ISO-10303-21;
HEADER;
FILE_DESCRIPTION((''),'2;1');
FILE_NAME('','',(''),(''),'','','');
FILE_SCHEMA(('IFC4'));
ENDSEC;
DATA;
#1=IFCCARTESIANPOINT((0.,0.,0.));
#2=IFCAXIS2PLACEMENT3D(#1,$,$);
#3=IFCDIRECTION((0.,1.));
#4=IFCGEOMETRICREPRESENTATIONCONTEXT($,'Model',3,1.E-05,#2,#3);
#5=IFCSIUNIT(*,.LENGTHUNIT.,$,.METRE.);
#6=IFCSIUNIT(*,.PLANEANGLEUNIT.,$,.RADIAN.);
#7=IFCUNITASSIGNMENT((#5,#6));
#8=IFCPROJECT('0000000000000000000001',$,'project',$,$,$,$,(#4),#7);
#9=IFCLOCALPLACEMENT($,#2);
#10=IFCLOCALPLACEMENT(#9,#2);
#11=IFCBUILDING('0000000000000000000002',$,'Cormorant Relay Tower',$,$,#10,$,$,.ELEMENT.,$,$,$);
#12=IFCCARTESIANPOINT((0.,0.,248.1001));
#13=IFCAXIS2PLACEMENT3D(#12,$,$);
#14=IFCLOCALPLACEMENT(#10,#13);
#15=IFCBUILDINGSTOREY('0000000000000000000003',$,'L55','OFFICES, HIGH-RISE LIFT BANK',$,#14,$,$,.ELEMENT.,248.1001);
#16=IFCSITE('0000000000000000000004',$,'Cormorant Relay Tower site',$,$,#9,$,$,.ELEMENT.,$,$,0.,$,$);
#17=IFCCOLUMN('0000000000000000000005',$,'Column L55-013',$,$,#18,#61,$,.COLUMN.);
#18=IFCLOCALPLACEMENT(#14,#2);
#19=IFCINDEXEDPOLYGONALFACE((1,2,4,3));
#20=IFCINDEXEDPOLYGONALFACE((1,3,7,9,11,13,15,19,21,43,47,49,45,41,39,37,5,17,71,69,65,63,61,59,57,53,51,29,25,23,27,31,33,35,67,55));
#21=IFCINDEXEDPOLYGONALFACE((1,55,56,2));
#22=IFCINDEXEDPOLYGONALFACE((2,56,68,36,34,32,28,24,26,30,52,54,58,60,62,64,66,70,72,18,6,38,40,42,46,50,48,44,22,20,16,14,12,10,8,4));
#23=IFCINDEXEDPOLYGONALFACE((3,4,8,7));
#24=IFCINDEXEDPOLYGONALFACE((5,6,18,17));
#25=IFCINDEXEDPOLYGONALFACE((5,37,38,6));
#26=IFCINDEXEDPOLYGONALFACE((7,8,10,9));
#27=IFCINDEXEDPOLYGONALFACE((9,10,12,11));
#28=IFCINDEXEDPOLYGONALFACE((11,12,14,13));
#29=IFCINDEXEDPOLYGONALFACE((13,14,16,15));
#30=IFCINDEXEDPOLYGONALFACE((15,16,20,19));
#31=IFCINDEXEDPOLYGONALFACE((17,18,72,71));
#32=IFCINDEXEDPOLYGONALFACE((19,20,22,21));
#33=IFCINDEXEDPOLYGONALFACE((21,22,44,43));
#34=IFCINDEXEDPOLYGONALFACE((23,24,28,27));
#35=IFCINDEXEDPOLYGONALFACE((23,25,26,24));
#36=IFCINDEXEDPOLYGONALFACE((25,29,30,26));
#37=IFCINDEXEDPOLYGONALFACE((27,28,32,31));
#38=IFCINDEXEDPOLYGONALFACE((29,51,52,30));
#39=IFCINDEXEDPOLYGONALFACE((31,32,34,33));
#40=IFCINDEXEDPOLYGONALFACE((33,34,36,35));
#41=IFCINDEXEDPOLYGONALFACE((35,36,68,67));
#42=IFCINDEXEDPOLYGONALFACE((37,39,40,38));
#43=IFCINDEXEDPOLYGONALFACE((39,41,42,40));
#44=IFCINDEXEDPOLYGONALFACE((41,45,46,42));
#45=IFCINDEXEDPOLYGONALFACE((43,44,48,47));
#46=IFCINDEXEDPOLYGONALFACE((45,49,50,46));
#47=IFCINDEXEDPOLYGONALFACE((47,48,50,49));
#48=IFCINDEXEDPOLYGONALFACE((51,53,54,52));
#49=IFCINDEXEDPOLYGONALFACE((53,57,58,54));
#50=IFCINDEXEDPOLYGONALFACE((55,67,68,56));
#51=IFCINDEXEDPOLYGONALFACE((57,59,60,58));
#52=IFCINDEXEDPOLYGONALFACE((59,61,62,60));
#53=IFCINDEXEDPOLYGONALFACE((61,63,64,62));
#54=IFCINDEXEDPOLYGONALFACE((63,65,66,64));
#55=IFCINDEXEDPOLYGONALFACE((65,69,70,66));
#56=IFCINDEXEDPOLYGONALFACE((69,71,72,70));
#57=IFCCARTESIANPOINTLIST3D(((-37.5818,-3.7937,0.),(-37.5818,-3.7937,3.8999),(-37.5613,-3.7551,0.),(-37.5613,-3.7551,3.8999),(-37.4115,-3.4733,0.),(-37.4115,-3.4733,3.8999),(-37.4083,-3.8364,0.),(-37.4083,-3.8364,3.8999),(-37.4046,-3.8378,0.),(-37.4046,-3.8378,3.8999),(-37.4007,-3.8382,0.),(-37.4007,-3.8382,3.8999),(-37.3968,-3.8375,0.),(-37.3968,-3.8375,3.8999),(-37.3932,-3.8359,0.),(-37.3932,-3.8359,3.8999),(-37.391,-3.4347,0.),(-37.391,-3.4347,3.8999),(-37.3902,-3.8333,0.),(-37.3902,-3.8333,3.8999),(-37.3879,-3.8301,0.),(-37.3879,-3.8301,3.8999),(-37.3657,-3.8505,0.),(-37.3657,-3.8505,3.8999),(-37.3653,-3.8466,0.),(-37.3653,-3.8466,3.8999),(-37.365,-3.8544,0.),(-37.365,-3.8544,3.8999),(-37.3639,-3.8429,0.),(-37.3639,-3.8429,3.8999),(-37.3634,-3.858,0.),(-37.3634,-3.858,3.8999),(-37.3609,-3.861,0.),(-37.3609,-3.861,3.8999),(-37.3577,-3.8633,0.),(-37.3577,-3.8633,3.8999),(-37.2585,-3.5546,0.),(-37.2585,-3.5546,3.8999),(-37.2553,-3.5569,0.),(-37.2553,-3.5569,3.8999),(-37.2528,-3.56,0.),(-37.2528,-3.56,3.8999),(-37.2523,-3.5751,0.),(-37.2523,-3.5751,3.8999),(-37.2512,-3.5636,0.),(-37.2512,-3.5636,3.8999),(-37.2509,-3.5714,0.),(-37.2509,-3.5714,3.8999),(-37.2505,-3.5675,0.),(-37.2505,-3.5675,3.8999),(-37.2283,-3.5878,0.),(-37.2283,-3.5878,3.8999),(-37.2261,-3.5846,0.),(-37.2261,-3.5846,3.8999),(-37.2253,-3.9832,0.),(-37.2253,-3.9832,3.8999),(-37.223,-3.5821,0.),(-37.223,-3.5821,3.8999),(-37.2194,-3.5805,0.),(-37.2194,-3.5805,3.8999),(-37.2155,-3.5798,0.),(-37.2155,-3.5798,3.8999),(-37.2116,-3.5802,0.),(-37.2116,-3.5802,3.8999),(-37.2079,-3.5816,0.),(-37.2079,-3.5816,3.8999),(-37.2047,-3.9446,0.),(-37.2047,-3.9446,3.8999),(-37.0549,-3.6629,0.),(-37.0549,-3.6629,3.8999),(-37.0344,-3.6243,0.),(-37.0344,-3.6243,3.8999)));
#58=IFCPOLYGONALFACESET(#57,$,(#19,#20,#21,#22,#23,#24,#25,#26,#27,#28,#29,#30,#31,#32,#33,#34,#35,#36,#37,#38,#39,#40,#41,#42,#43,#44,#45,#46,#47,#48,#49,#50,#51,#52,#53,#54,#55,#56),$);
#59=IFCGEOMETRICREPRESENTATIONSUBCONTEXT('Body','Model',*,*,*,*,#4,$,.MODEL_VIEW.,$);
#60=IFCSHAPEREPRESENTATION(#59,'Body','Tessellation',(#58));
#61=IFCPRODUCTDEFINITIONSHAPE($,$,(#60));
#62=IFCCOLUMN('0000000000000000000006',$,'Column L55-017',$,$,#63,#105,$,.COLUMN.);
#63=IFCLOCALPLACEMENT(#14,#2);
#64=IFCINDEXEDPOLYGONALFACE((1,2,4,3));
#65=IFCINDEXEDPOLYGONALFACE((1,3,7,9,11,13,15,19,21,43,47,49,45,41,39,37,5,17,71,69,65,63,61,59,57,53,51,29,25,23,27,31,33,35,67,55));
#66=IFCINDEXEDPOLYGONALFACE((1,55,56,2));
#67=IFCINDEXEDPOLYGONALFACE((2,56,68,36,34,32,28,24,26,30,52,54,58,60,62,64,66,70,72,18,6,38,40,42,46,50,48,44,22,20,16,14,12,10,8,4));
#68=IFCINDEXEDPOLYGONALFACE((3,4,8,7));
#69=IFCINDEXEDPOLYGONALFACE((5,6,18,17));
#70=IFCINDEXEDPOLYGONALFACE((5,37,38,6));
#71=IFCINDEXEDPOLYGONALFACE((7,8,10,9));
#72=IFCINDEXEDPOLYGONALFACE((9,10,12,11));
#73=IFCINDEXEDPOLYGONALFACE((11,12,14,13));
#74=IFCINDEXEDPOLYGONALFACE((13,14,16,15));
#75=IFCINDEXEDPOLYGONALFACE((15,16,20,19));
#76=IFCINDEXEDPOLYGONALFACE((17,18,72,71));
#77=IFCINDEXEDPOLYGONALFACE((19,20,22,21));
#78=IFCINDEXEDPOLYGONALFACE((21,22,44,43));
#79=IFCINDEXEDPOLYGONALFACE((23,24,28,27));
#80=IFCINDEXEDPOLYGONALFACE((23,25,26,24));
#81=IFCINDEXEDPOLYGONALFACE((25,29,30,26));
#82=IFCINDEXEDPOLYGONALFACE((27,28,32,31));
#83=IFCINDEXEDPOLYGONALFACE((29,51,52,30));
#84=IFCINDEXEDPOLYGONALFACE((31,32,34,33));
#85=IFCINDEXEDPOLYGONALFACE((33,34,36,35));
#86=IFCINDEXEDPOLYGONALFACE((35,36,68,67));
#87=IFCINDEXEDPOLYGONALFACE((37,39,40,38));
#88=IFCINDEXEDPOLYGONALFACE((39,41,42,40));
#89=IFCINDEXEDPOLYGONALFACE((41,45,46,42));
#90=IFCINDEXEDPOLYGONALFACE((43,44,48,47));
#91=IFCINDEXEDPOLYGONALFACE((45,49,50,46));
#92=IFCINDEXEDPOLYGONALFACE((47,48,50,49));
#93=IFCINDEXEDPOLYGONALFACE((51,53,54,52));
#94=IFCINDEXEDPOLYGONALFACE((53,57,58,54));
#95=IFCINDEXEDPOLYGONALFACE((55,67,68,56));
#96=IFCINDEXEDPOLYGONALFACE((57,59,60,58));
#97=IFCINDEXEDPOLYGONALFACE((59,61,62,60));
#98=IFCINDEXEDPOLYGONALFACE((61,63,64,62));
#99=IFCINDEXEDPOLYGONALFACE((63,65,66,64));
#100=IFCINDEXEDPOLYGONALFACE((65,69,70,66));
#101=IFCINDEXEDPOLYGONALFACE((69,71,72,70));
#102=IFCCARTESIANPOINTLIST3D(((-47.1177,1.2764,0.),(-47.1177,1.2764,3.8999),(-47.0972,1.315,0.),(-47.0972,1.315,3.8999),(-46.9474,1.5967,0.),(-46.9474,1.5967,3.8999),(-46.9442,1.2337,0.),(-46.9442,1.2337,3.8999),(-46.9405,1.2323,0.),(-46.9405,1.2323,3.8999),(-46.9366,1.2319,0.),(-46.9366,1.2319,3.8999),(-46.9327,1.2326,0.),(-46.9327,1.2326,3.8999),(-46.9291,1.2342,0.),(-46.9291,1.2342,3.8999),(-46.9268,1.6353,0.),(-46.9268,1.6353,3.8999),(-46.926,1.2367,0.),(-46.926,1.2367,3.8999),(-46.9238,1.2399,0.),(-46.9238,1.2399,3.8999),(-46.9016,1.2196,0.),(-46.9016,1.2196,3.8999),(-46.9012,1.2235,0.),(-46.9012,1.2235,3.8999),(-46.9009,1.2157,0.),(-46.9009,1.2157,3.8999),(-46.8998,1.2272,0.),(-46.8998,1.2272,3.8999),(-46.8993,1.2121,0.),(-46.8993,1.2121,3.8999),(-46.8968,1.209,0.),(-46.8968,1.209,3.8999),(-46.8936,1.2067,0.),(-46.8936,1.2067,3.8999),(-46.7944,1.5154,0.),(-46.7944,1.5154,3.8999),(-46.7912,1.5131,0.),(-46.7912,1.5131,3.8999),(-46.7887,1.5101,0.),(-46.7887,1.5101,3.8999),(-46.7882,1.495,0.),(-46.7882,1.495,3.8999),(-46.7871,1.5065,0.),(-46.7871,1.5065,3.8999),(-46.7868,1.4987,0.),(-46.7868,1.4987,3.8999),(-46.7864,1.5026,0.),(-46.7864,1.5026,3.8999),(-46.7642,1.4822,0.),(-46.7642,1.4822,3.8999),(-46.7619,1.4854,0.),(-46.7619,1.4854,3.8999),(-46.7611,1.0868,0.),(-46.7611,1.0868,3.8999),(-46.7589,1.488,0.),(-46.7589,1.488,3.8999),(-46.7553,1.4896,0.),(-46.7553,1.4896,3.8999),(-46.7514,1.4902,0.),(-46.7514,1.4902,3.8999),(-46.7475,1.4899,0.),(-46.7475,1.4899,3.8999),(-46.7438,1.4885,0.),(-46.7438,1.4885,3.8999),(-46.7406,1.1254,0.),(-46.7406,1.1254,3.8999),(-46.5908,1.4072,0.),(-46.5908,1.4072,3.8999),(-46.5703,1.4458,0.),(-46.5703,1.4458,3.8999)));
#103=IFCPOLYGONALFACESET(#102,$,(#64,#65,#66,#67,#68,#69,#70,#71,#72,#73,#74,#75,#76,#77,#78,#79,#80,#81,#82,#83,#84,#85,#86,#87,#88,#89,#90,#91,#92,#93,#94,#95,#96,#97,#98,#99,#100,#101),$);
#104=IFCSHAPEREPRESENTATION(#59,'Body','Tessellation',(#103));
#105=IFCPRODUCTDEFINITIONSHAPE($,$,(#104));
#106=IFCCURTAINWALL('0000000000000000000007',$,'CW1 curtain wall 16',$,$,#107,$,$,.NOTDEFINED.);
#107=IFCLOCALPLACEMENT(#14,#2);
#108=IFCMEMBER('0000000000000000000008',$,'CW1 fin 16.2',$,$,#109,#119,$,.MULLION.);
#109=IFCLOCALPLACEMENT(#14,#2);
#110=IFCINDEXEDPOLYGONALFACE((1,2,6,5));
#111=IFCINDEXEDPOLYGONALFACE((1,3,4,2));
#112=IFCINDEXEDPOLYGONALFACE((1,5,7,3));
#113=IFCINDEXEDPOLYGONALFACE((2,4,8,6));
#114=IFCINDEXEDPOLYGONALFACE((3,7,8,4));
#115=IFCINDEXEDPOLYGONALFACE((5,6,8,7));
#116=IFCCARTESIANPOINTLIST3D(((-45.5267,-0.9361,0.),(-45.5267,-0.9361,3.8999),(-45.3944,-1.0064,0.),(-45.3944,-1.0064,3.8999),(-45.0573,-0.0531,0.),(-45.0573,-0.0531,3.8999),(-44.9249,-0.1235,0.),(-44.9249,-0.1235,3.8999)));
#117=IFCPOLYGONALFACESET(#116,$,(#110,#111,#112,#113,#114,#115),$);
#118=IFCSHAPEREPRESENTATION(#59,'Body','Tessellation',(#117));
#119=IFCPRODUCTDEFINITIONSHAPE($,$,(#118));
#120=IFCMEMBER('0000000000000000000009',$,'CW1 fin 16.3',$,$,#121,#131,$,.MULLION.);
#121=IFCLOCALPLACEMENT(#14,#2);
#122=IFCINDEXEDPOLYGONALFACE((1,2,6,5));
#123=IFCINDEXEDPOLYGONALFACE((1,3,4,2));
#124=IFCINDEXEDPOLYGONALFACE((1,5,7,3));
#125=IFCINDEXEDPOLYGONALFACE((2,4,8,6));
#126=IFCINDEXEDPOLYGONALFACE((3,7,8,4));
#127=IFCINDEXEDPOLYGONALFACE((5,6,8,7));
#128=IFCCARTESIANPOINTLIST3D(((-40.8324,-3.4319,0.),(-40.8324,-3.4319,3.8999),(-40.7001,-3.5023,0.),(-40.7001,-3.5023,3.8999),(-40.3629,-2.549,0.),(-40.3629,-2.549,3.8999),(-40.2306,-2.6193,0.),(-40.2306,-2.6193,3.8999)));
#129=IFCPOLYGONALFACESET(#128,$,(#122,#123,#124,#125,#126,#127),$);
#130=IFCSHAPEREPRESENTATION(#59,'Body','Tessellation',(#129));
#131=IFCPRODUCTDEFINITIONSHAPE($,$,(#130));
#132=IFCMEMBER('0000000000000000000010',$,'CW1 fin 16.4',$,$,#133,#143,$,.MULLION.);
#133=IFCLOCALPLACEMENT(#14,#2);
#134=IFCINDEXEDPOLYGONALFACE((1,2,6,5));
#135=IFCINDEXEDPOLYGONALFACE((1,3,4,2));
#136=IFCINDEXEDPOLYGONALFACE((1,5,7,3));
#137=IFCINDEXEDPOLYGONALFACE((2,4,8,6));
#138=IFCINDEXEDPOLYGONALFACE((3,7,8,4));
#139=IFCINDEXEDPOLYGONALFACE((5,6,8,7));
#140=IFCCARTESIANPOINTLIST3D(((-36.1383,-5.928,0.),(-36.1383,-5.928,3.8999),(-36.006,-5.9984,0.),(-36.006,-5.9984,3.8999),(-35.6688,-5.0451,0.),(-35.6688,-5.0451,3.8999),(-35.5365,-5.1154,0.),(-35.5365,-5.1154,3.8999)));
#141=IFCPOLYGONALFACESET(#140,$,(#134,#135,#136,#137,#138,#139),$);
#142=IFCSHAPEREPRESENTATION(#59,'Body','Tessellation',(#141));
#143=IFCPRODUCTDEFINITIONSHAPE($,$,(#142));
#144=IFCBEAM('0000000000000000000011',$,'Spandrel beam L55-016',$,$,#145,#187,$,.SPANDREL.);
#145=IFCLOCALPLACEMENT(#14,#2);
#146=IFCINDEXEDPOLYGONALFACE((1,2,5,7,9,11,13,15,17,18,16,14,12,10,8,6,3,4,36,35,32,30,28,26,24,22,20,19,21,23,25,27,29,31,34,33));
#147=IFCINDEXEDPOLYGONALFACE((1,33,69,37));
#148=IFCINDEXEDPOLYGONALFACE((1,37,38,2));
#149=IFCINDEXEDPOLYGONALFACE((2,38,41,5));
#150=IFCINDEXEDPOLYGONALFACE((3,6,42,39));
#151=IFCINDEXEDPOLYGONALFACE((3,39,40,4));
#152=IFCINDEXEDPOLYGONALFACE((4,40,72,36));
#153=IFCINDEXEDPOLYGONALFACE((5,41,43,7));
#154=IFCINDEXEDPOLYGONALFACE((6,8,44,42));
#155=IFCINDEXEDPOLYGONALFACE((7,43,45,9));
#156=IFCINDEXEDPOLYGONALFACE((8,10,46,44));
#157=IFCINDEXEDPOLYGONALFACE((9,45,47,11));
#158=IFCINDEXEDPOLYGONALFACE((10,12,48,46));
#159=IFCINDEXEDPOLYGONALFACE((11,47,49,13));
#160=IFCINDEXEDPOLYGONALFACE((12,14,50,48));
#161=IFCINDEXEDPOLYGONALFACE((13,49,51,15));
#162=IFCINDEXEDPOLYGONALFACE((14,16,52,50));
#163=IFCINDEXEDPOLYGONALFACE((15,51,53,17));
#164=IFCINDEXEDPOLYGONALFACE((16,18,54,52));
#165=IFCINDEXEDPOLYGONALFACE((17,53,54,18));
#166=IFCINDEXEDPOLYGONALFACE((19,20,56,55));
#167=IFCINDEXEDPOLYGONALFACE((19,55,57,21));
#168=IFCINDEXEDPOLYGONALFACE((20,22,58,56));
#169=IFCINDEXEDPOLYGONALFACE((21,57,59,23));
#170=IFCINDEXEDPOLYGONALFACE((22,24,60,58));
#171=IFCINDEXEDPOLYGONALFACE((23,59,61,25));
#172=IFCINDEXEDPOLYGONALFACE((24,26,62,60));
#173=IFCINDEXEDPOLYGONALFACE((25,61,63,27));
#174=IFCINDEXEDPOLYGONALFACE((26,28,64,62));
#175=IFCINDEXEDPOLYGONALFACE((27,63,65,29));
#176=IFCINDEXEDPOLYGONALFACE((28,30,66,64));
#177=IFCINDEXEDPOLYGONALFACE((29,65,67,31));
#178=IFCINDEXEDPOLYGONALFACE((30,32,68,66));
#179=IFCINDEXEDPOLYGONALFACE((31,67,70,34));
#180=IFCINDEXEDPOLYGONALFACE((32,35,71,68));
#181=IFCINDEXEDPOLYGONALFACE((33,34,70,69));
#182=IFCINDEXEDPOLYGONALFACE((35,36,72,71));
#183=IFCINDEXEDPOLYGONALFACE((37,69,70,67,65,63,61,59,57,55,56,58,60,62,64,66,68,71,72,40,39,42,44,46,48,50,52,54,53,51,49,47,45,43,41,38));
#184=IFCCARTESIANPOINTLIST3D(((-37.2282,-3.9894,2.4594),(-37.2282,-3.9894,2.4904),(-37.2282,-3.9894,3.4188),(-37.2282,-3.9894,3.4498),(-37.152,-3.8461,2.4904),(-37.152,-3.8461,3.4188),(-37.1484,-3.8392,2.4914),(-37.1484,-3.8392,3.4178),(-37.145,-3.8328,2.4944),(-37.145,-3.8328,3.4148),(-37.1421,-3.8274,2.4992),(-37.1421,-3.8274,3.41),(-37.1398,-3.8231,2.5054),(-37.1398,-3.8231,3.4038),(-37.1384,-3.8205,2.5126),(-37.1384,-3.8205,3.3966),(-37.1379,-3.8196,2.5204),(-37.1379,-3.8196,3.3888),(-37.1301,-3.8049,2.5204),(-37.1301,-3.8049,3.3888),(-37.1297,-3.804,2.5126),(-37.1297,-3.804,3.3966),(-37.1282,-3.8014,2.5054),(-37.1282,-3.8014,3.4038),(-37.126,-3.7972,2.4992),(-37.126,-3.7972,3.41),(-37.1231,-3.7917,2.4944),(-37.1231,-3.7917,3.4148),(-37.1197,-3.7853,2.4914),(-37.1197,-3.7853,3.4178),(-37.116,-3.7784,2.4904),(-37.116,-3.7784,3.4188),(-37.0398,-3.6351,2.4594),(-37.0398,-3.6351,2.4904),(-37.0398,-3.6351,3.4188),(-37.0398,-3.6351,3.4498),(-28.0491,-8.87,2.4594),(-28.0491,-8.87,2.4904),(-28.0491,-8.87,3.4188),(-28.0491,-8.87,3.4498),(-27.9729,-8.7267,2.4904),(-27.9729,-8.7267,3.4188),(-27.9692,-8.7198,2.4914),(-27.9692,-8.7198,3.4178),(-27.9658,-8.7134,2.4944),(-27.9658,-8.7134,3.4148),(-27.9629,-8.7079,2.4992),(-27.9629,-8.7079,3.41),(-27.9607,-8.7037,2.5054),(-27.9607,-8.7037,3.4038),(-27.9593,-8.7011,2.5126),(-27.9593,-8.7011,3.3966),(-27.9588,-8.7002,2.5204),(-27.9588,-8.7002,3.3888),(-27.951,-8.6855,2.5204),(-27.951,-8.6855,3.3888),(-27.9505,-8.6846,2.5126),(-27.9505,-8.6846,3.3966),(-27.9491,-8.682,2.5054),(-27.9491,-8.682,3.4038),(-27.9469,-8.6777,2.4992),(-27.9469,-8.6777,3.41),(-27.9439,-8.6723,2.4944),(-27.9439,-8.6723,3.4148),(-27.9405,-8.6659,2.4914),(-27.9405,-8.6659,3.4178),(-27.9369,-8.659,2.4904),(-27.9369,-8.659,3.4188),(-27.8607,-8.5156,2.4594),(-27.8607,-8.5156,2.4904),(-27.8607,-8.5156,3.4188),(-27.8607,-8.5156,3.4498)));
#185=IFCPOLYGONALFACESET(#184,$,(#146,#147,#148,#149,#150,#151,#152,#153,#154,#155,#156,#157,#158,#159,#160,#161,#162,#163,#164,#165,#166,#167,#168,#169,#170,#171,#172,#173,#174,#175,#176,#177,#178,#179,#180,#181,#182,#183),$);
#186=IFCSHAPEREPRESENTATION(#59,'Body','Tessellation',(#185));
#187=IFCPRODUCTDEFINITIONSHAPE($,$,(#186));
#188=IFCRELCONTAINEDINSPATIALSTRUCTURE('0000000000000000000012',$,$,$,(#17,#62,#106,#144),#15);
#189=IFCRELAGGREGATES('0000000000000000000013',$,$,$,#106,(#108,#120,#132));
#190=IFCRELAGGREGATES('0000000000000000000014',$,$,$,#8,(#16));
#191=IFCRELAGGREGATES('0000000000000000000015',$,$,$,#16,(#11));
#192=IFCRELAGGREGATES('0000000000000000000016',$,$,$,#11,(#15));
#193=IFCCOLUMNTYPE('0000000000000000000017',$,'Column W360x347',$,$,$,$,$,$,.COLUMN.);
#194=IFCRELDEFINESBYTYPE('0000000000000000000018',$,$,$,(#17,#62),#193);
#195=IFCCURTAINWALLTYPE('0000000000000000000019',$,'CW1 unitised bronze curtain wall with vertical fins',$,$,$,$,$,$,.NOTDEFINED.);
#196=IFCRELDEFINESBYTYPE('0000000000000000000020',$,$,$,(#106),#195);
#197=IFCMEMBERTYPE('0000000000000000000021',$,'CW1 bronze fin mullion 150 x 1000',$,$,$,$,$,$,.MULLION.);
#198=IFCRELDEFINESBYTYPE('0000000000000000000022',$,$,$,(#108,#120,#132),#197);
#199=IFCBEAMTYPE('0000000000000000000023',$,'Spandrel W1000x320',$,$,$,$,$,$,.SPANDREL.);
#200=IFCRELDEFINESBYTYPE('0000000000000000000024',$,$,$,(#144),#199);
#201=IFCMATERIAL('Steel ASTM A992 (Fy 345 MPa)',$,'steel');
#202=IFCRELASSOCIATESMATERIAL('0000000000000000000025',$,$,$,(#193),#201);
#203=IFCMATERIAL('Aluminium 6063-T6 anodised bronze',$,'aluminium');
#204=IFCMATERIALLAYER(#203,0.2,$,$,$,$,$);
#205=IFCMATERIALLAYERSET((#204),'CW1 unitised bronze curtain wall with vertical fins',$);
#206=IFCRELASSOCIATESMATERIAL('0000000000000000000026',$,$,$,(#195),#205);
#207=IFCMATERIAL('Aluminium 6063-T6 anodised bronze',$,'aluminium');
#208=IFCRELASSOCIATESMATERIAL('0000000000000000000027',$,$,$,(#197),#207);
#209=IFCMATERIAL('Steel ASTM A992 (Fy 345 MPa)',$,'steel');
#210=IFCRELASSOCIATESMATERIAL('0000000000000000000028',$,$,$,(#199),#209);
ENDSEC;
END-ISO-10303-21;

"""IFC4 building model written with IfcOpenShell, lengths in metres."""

from ifc_helpers import new_model, si_unit, direction, frame, origin, origin_2d, place, context, subcontext, project, spatial, rectangle, i_section, extrude, material, layer, layer_set, material_profile, profile_set, type_object, element, aggregate, save


model = new_model("IFC4")

# Units and contexts
model_context = context("Model", 3, precision=1e-05, world=origin(), true_north=direction((0.0, 1.0)))
body_context = subcontext(model_context, "Body", "Model", "MODEL_VIEW")
ifc_project = project(units=[si_unit("LENGTHUNIT", "METRE"), si_unit("PLANEANGLEUNIT", "RADIAN")], contexts=[model_context])

# Site, building, storey
site_placement = place(None, origin())
site = spatial("IfcSite", under=ifc_project, at=site_placement, Name="Cormorant Relay Tower site", CompositionType="ELEMENT", RefElevation=0.0)
building_placement = place(site_placement, origin())
building = spatial("IfcBuilding", under=site, at=building_placement, Name="Cormorant Relay Tower", CompositionType="ELEMENT")
storey_placement = place(building_placement, frame((0.0, 0.0, 248.1001)))
storey = spatial("IfcBuildingStorey", under=building, at=storey_placement, Name="L55", Description="OFFICES, HIGH-RISE LIFT BANK", CompositionType="ELEMENT", Elevation=248.1001)

# Columns
ifc_material_1 = material(Name="Steel ASTM A992 (Fy 345 MPa)", Category="steel")
ifc_material_profile_1 = material_profile(ifc_material_1, i_section(OverallWidth=0.4038, OverallDepth=0.4065, WebThickness=0.0271, FlangeThickness=0.0437, FilletRadius=0.0151, at=origin_2d()), Name="W360x347")
ifc_profile_set_1 = profile_set([ifc_material_profile_1], Name="Steel ASTM A992 (Fy 345 MPa)")
column_type = type_object("IfcColumnType", Name="Column W360x347", PredefinedType="COLUMN", material=ifc_profile_set_1)
for number, where, z_axis, x_axis, name in (
    (1, (-37.3081, -3.709, 0.0), (0.0, 0.0, 1.0), (0.882948, -0.469472, 0.0), "Column L55-013"),
    (2, (-46.844, 1.3611, 0.0), (0.0, 0.0, 1.0), (0.882948, -0.469472, 0.0), "Column L55-017"),
):
    element("IfcColumn", number, at=place(storey_placement, frame(where, z_axis=z_axis, x_axis=x_axis)), inside=storey, type_object=column_type, Name=name, PredefinedType="COLUMN", context=body_context, shape_type="SweptSolid", body=[
        extrude(i_section(OverallWidth=0.4038, OverallDepth=0.4065, WebThickness=0.0271, FlangeThickness=0.0437, FilletRadius=0.0151, at=origin_2d()), origin(), (0.0, 0.0, 1.0), 3.8999),
    ])

# Curtain wall, members
ifc_material_2 = material(Name="Aluminium 6063-T6 anodised bronze", Category="aluminium")
ifc_layer_1 = layer(ifc_material_2, 0.2)
ifc_layer_set_1 = layer_set([ifc_layer_1], Name="CW1 unitised bronze curtain wall with vertical fins")
curtain_wall_type = type_object("IfcCurtainWallType", Name="CW1 unitised bronze curtain wall with vertical fins", PredefinedType="NOTDEFINED", material=ifc_layer_set_1)
curtain_wall_placement = place(storey_placement, origin())
curtain_wall = element("IfcCurtainWall", 3, at=curtain_wall_placement, inside=storey, type_object=curtain_wall_type, Name="CW1 curtain wall 16", PredefinedType="NOTDEFINED")
ifc_material_3 = material(Name="Aluminium 6063-T6 anodised bronze", Category="aluminium")
ifc_material_profile_2 = material_profile(ifc_material_3, rectangle(XDim=0.1499, YDim=1.0, at=origin_2d()), Name="AL 150x1000")
ifc_profile_set_2 = profile_set([ifc_material_profile_2], Name="Aluminium 6063-T6 anodised bronze")
member_type = type_object("IfcMemberType", Name="CW1 bronze fin mullion 150 x 1000", PredefinedType="MULLION", material=ifc_profile_set_2)
member_1_placement = place(storey_placement, frame((-45.2258, -0.5298, 0.0), z_axis=(0.0, 0.0, 1.0), x_axis=(0.882948, -0.469472, 0.0)))
member_1 = element("IfcMember", 4, at=member_1_placement, type_object=member_type, Name="CW1 fin 16.2", PredefinedType="MULLION", context=body_context, shape_type="SweptSolid", body=[
    extrude(rectangle(XDim=0.1499, YDim=1.0, at=origin_2d()), origin(), (0.0, 0.0, 1.0), 3.8999),
])
member_2_placement = place(storey_placement, frame((-40.5315, -3.0256, 0.0), z_axis=(0.0, 0.0, 1.0), x_axis=(0.882948, -0.469472, 0.0)))
member_2 = element("IfcMember", 5, at=member_2_placement, type_object=member_type, Name="CW1 fin 16.3", PredefinedType="MULLION", context=body_context, shape_type="SweptSolid", body=[
    extrude(rectangle(XDim=0.1499, YDim=1.0, at=origin_2d()), origin(), (0.0, 0.0, 1.0), 3.8999),
])
member_3_placement = place(storey_placement, frame((-35.8374, -5.5217, 0.0), z_axis=(0.0, 0.0, 1.0), x_axis=(0.882948, -0.469472, 0.0)))
member_3 = element("IfcMember", 6, at=member_3_placement, type_object=member_type, Name="CW1 fin 16.4", PredefinedType="MULLION", context=body_context, shape_type="SweptSolid", body=[
    extrude(rectangle(XDim=0.1499, YDim=1.0, at=origin_2d()), origin(), (0.0, 0.0, 1.0), 3.8999),
])

# Beam
ifc_material_4 = material(Name="Steel ASTM A992 (Fy 345 MPa)", Category="steel")
ifc_material_profile_3 = material_profile(ifc_material_4, i_section(OverallWidth=0.4014, OverallDepth=0.9905, WebThickness=0.0166, FlangeThickness=0.031, FilletRadius=0.03, at=origin_2d()), Name="W1000x320")
ifc_profile_set_3 = profile_set([ifc_material_profile_3], Name="Steel ASTM A992 (Fy 345 MPa)")
beam_type_1 = type_object("IfcBeamType", Name="Spandrel W1000x320", PredefinedType="SPANDREL", material=ifc_profile_set_3)
beam_1_placement = place(storey_placement, frame((-37.134, -3.8123, 2.9546), z_axis=(0.88295, -0.469468, 0.0), x_axis=(0.469468, 0.88295, 0.0)))
element("IfcBeam", 7, at=beam_1_placement, inside=storey, type_object=beam_type_1, Name="Spandrel beam L55-016", PredefinedType="SPANDREL", context=body_context, shape_type="SweptSolid", body=[
    extrude(i_section(OverallWidth=0.4014, OverallDepth=0.9905, WebThickness=0.0166, FlangeThickness=0.031, FilletRadius=0.03, at=origin_2d()), origin(), (0.0, 0.0, 1.0), 10.396),
])

aggregate(curtain_wall, [member_1, member_2, member_3])

save(model, "model.ifc")
